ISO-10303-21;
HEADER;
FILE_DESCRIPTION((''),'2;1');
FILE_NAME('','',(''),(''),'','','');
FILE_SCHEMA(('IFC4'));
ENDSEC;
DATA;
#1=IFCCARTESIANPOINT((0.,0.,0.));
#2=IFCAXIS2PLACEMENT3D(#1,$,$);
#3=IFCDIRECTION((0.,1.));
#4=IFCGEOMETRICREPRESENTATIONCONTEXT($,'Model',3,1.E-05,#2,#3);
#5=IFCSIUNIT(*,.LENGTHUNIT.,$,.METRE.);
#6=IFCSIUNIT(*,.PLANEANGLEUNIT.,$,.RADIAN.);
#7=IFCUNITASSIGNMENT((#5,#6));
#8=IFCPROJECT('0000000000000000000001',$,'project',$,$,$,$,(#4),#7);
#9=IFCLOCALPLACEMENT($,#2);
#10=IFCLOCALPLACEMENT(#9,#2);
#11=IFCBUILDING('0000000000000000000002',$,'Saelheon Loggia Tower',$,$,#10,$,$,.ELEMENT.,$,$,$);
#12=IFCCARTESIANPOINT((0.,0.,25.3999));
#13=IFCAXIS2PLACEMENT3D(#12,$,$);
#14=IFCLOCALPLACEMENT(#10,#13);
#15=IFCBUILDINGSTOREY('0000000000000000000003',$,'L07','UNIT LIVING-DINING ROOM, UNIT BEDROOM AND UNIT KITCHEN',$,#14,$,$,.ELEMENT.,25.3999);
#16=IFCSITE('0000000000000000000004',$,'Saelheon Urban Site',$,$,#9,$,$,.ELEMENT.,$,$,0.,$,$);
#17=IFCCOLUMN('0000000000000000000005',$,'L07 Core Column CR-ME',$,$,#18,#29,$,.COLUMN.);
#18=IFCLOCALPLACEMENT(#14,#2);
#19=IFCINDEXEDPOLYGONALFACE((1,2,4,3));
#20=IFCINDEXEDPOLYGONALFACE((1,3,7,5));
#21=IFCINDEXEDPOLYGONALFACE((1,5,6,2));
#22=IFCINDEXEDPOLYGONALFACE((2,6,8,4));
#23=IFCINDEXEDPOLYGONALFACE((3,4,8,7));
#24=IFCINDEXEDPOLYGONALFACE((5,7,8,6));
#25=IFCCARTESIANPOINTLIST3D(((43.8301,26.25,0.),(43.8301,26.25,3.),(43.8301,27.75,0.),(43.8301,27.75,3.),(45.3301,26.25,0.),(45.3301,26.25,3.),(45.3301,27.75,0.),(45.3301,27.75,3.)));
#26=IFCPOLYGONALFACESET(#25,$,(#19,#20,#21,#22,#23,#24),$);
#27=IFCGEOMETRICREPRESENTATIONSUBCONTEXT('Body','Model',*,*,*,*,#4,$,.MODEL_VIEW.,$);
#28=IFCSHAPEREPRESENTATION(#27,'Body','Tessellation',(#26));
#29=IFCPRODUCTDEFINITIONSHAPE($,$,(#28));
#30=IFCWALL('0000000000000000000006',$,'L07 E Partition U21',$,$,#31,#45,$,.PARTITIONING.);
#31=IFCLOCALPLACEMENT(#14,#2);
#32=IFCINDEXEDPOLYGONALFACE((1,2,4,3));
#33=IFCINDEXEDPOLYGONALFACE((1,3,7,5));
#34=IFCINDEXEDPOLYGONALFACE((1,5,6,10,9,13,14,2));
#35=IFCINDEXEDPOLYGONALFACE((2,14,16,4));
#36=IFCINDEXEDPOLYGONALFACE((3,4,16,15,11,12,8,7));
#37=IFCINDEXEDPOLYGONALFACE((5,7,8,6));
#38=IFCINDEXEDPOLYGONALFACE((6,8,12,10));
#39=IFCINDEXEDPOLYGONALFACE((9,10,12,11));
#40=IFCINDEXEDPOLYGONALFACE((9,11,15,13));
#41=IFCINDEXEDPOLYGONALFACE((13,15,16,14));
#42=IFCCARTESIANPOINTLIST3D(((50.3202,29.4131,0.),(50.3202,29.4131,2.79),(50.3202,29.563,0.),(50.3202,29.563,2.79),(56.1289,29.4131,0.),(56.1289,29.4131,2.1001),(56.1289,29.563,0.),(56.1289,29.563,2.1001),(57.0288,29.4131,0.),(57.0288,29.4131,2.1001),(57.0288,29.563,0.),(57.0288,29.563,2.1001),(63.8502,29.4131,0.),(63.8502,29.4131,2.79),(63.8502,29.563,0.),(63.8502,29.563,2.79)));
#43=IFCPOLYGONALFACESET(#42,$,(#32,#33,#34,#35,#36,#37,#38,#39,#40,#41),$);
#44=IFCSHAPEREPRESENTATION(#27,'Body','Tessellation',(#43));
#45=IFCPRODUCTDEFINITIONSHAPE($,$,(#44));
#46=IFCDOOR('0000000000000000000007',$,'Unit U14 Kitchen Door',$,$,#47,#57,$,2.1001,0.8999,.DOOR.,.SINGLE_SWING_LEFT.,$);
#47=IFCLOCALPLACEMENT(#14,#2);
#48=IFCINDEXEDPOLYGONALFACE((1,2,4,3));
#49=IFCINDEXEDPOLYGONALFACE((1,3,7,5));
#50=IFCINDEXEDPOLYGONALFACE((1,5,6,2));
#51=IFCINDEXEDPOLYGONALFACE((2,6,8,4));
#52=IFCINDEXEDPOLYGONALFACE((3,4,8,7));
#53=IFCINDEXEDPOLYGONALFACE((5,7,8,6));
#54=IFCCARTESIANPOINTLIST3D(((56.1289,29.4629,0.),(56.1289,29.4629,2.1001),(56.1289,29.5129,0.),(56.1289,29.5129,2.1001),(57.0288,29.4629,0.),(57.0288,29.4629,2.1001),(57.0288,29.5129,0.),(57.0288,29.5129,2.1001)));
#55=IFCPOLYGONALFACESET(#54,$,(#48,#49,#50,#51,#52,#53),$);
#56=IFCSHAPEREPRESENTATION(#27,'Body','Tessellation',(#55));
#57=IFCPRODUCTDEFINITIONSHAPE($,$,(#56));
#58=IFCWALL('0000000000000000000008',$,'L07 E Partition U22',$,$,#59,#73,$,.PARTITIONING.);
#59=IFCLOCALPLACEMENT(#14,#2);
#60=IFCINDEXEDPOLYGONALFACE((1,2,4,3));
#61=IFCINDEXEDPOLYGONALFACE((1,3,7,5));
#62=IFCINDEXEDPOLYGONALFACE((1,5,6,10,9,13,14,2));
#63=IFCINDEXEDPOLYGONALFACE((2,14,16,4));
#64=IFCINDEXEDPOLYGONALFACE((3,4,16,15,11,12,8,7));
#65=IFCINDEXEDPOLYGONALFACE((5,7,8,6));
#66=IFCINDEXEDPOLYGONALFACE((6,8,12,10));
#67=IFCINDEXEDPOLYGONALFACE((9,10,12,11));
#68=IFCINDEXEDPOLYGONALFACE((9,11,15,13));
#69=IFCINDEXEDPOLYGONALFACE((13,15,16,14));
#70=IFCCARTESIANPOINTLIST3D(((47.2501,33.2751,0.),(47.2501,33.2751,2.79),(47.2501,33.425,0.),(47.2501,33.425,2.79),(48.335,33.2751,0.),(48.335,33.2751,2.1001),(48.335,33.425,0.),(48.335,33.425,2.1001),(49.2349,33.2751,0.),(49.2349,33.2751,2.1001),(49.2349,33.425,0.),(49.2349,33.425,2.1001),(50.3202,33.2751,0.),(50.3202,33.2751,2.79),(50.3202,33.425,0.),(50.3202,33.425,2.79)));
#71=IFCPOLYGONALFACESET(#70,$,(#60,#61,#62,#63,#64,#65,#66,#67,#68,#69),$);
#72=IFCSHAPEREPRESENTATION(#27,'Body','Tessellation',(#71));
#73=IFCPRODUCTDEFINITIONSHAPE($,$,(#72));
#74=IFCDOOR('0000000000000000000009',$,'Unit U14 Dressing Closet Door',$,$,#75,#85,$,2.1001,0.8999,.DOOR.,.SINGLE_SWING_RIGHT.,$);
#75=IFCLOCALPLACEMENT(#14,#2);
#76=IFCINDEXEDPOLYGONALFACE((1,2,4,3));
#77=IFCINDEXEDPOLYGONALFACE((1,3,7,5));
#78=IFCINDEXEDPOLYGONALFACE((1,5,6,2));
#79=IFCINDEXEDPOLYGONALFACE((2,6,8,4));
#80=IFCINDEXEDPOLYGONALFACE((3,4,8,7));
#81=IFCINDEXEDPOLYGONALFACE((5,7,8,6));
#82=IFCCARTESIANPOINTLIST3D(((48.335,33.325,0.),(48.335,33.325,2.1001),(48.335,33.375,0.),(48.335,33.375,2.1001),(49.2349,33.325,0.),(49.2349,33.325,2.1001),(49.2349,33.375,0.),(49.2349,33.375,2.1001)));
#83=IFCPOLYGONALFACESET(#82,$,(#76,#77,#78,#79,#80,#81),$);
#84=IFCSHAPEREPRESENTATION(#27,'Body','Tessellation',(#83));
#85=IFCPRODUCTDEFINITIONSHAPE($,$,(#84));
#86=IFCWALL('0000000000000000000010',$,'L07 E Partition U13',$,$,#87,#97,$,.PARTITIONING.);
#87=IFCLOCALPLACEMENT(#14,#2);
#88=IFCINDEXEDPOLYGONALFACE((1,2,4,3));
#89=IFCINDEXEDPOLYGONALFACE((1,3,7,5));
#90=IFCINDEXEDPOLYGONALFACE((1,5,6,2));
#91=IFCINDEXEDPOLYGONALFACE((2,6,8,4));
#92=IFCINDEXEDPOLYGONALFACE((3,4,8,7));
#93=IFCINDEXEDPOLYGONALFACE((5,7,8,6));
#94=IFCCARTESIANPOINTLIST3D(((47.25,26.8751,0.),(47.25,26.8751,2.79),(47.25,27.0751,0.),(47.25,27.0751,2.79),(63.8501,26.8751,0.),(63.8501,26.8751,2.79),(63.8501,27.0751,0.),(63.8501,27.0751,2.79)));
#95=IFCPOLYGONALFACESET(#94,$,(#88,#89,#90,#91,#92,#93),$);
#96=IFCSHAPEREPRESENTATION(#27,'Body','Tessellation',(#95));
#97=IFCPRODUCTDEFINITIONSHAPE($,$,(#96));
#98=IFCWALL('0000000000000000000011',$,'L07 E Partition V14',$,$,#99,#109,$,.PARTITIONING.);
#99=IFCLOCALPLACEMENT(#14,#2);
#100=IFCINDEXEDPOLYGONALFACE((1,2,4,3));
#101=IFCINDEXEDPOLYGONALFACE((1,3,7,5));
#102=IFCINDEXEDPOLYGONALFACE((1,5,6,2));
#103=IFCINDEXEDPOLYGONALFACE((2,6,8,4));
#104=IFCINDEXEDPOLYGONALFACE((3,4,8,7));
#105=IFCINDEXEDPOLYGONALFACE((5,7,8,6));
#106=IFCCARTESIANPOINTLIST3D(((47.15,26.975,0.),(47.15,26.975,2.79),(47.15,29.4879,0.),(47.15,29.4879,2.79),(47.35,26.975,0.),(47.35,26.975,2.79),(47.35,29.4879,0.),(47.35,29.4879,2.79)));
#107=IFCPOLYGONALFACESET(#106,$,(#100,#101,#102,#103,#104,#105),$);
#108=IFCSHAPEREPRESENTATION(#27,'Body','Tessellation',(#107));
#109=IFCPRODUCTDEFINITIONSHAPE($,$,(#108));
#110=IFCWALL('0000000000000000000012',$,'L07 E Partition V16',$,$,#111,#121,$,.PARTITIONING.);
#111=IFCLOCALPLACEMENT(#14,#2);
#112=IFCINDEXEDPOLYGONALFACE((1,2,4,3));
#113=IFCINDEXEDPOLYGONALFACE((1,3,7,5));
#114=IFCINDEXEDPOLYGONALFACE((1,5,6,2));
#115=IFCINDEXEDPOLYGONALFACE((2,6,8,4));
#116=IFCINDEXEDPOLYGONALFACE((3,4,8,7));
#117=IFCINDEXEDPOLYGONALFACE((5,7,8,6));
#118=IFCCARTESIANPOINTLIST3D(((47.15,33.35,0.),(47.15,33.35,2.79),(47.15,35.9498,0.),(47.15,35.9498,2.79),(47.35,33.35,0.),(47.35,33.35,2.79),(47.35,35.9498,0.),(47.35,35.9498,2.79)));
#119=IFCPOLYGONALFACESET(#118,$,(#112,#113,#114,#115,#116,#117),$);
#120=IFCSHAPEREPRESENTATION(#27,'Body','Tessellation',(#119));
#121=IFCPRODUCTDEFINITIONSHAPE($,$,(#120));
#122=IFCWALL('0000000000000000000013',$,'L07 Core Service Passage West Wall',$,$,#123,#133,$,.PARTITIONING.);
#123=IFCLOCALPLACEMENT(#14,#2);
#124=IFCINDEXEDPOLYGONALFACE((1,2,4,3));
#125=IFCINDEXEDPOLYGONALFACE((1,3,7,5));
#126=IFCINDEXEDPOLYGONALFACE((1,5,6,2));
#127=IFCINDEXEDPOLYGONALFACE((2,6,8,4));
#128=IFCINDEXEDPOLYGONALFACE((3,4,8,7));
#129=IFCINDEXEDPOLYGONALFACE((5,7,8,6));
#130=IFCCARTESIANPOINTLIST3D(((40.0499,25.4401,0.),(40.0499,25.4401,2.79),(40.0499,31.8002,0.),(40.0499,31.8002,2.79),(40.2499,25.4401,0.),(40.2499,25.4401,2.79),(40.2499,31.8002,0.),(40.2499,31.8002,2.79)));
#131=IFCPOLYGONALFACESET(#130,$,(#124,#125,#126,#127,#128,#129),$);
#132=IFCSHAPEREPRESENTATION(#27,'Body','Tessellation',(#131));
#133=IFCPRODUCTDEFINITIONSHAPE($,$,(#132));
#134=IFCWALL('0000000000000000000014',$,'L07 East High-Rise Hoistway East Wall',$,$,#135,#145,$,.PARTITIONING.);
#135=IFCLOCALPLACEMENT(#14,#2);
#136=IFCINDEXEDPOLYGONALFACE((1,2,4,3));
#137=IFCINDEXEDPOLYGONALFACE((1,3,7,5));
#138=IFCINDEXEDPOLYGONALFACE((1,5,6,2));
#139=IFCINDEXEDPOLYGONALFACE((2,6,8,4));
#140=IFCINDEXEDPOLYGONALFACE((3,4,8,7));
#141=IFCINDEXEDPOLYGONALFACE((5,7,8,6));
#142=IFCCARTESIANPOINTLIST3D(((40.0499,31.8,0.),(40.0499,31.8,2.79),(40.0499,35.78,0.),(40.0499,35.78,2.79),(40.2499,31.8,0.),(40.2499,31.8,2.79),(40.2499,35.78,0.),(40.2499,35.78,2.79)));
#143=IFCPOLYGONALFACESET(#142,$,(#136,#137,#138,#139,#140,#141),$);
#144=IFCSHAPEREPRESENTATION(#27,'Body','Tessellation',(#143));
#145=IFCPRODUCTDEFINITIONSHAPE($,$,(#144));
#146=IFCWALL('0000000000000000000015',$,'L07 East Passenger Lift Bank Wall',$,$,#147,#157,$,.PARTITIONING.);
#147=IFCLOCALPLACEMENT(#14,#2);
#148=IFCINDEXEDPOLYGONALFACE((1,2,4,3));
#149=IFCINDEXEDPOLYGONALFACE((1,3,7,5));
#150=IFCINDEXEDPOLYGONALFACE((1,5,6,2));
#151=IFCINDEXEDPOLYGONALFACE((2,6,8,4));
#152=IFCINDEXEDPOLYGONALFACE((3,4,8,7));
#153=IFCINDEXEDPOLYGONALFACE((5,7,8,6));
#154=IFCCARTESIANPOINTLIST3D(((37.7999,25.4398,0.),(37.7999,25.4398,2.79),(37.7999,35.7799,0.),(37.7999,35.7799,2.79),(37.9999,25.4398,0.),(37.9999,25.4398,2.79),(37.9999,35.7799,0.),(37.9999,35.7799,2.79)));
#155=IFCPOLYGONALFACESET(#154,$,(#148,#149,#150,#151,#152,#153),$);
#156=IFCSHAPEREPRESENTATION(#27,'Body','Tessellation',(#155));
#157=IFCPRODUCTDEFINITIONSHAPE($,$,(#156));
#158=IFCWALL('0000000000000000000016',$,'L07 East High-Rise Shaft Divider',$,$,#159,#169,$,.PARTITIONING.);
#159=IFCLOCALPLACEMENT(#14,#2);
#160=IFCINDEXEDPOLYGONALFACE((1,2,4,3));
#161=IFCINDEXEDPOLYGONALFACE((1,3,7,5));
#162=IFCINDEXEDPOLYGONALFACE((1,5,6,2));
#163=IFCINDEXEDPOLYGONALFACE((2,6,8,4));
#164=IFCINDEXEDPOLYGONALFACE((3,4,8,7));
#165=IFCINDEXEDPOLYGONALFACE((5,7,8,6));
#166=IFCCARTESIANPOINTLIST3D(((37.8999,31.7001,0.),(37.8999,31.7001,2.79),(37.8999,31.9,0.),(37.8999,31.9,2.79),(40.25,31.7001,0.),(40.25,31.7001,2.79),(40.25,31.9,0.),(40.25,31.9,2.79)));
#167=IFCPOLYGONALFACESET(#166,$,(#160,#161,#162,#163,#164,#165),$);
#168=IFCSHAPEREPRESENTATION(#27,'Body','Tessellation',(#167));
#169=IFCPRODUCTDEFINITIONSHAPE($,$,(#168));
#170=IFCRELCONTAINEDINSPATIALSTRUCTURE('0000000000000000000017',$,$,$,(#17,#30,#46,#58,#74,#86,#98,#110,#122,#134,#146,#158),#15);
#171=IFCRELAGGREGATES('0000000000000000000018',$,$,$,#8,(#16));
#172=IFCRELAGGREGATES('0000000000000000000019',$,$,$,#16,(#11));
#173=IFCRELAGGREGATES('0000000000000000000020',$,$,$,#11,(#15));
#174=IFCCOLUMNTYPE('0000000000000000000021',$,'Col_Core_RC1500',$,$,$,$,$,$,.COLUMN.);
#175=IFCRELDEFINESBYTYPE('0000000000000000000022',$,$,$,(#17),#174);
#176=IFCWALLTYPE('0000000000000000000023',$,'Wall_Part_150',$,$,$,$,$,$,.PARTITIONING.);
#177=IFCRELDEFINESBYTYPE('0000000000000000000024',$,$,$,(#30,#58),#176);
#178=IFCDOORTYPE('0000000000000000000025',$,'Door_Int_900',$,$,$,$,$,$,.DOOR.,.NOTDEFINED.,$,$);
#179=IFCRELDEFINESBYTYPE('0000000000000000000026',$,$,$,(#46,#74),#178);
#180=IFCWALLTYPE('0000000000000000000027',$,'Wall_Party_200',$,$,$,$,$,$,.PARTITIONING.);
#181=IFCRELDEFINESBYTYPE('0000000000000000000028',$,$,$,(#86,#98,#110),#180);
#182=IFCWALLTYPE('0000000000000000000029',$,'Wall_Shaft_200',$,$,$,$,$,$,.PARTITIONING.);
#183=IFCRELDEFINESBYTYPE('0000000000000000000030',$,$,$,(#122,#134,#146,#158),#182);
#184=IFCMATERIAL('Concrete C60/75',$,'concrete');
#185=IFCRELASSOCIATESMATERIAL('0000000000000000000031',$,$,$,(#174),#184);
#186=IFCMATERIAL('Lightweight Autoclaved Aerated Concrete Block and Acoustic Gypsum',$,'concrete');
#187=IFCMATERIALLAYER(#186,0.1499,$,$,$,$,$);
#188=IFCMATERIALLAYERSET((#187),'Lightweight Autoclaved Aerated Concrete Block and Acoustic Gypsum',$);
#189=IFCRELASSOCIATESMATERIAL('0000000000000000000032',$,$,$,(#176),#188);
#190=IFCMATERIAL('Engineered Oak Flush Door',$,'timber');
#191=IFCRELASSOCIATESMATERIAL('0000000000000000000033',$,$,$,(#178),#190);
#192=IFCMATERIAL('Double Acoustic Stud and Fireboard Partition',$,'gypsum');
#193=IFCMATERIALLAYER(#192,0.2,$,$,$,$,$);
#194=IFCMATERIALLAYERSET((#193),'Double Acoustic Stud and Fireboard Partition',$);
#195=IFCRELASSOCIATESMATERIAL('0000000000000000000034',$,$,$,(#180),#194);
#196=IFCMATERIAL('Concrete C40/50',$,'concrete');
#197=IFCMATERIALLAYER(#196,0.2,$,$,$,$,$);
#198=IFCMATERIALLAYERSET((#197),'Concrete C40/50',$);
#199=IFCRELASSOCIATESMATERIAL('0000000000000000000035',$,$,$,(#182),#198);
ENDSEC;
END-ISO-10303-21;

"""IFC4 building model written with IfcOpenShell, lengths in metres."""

from ifc_helpers import new_model, si_unit, direction, frame, frame_2d, origin, origin_2d, place, context, subcontext, project, spatial, rectangle, extrude, source, transform, mapped, material, layer, layer_set, material_profile, profile_set, type_object, element, fill, save


model = new_model("IFC4")

# Units and contexts
model_context = context("Model", 3, precision=1e-05, world=origin(), true_north=direction((0.0, 1.0)))
body_context = subcontext(model_context, "Body", "Model", "MODEL_VIEW")
ifc_project = project(units=[si_unit("LENGTHUNIT", "METRE"), si_unit("PLANEANGLEUNIT", "RADIAN")], contexts=[model_context])

# Site, building, storey
site_placement = place(None, origin())
site = spatial("IfcSite", under=ifc_project, at=site_placement, Name="Saelheon Urban Site", CompositionType="ELEMENT", RefElevation=0.0)
building_placement = place(site_placement, origin())
building = spatial("IfcBuilding", under=site, at=building_placement, Name="Saelheon Loggia Tower", CompositionType="ELEMENT")
storey_placement = place(building_placement, frame((0.0, 0.0, 25.3999)))
storey = spatial("IfcBuildingStorey", under=building, at=storey_placement, Name="L07", Description="UNIT LIVING-DINING ROOM, UNIT BEDROOM AND UNIT KITCHEN", CompositionType="ELEMENT", Elevation=25.3999)

# Column
ifc_material_1 = material(Name="Concrete C60/75", Category="concrete")
ifc_material_profile = material_profile(ifc_material_1, rectangle(XDim=1.5, YDim=1.5, at=origin_2d()), Name="RC-1500x1500")
ifc_profile_set = profile_set([ifc_material_profile], Name="Concrete C60/75")
column_type = type_object("IfcColumnType", Name="Col_Core_RC1500", PredefinedType="COLUMN", material=ifc_profile_set)
shared_shape_1 = source(origin(), body_context, "Body", "SweptSolid", [
    extrude(rectangle(XDim=1.5, YDim=1.5, at=origin_2d()), origin(), (0.0, 0.0, 1.0), 3.0),
])
column_placement = place(storey_placement, frame((44.5801, 27.0, 0.0), z_axis=(0.0, 0.0, 1.0), x_axis=(1.0, 0.0, 0.0)))
element("IfcColumn", 1, at=column_placement, inside=storey, type_object=column_type, Name="L07 Core Column CR-ME", PredefinedType="COLUMN", context=body_context, shape_type="MappedRepresentation", body=[
    mapped(shared_shape_1, transform((0.0, 0.0, 0.0), scale=1.0)),
])

# Walls, openings, doors
ifc_material_2 = material(Name="Lightweight Autoclaved Aerated Concrete Block and Acoustic Gypsum", Category="concrete")
ifc_layer_1 = layer(ifc_material_2, 0.1499)
ifc_layer_set_1 = layer_set([ifc_layer_1], Name="Lightweight Autoclaved Aerated Concrete Block and Acoustic Gypsum")
wall_type_1 = type_object("IfcWallType", Name="Wall_Part_150", PredefinedType="PARTITIONING", material=ifc_layer_set_1)
wall_1_placement = place(storey_placement, frame((50.3201, 29.488, 0.0), z_axis=(0.0, 0.0, 1.0), x_axis=(1.0, 0.0, 0.0)))
wall_1 = element("IfcWall", 2, at=wall_1_placement, inside=storey, type_object=wall_type_1, Name="L07 E Partition U21", PredefinedType="PARTITIONING", context=body_context, shape_type="SweptSolid", body=[
    extrude(rectangle(XDim=13.53, YDim=0.1499, at=frame_2d((6.7651, 0.0))), origin(), (0.0, 0.0, 1.0), 2.79),
])
opening_1_placement = place(wall_1_placement, frame((5.8088, 0.0, 0.0)))
opening_1 = element("IfcOpeningElement", 3, at=opening_1_placement, cuts=wall_1, PredefinedType="OPENING", context=body_context, shape_type="SweptSolid", body=[
    extrude(rectangle(XDim=0.8999, YDim=2.1001, at=frame_2d((0.45, 1.05))), frame((0.0, 0.0869, 0.0), z_axis=(0.0, -1.0, 0.0), x_axis=(1.0, 0.0, 0.0)), (0.0, 0.0, 1.0), 0.1738),
])
ifc_material_3 = material(Name="Engineered Oak Flush Door", Category="timber")
door_type_1 = type_object("IfcDoorType", Name="Door_Int_900", OperationType="NOTDEFINED", PredefinedType="DOOR", material=ifc_material_3)
shared_shape_2 = source(origin(), body_context, "Body", "SweptSolid", [
    extrude(rectangle(XDim=0.8999, YDim=2.1001, at=frame_2d((0.45, 1.05))), frame((0.0, 0.0249, 0.0), z_axis=(0.0, -1.0, 0.0), x_axis=(1.0, 0.0, 0.0)), (0.0, 0.0, 1.0), 0.05),
])
door_1_placement = place(opening_1_placement, origin())
door_1 = element("IfcDoor", 4, at=door_1_placement, inside=storey, type_object=door_type_1, Name="Unit U14 Kitchen Door", OperationType="SINGLE_SWING_LEFT", OverallHeight=2.1001, OverallWidth=0.8999, PredefinedType="DOOR", context=body_context, shape_type="MappedRepresentation", body=[
    mapped(shared_shape_2, transform((0.0, 0.0, 0.0), scale=1.0)),
])
fill(opening_1, door_1)
wall_2_placement = place(storey_placement, frame((47.25, 33.3501, 0.0), z_axis=(0.0, 0.0, 1.0), x_axis=(1.0, 0.0, 0.0)))
wall_2 = element("IfcWall", 5, at=wall_2_placement, inside=storey, type_object=wall_type_1, Name="L07 E Partition U22", PredefinedType="PARTITIONING", context=body_context, shape_type="SweptSolid", body=[
    extrude(rectangle(XDim=3.0701, YDim=0.1499, at=frame_2d((1.5352, 0.0))), origin(), (0.0, 0.0, 1.0), 2.79),
])
opening_2_placement = place(wall_2_placement, frame((1.085, 0.0, 0.0)))
opening_2 = element("IfcOpeningElement", 6, at=opening_2_placement, cuts=wall_2, PredefinedType="OPENING", context=body_context, shape_type="SweptSolid", body=[
    extrude(rectangle(XDim=0.8999, YDim=2.1001, at=frame_2d((0.45, 1.05))), frame((0.0, 0.0869, 0.0), z_axis=(0.0, -1.0, 0.0), x_axis=(1.0, 0.0, 0.0)), (0.0, 0.0, 1.0), 0.1738),
])
door_2_placement = place(opening_2_placement, origin())
door_2 = element("IfcDoor", 7, at=door_2_placement, inside=storey, type_object=door_type_1, Name="Unit U14 Dressing Closet Door", OperationType="SINGLE_SWING_RIGHT", OverallHeight=2.1001, OverallWidth=0.8999, PredefinedType="DOOR", context=body_context, shape_type="MappedRepresentation", body=[
    mapped(shared_shape_2, transform((0.0, 0.0, 0.0), scale=1.0)),
])
fill(opening_2, door_2)

# Walls
ifc_material_4 = material(Name="Double Acoustic Stud and Fireboard Partition", Category="gypsum")
ifc_layer_2 = layer(ifc_material_4, 0.2)
ifc_layer_set_2 = layer_set([ifc_layer_2], Name="Double Acoustic Stud and Fireboard Partition")
wall_type_2 = type_object("IfcWallType", Name="Wall_Party_200", PredefinedType="PARTITIONING", material=ifc_layer_set_2)
wall_3_placement = place(storey_placement, frame((47.25, 26.9751, 0.0), z_axis=(0.0, 0.0, 1.0), x_axis=(1.0, 0.0, 0.0)))
element("IfcWall", 8, at=wall_3_placement, inside=storey, type_object=wall_type_2, Name="L07 E Partition U13", PredefinedType="PARTITIONING", context=body_context, shape_type="SweptSolid", body=[
    extrude(rectangle(XDim=16.6001, YDim=0.2, at=frame_2d((8.3, 0.0))), origin(), (0.0, 0.0, 1.0), 2.79),
])
wall_4_placement = place(storey_placement, frame((47.25, 26.9751, 0.0), z_axis=(0.0, 0.0, 1.0), x_axis=(0.0, 1.0, 0.0)))
element("IfcWall", 9, at=wall_4_placement, inside=storey, type_object=wall_type_2, Name="L07 E Partition V14", PredefinedType="PARTITIONING", context=body_context, shape_type="SweptSolid", body=[
    extrude(rectangle(XDim=2.5129, YDim=0.2, at=frame_2d((1.2563, 0.0))), origin(), (0.0, 0.0, 1.0), 2.79),
])

# Walls
wall_5_placement = place(storey_placement, frame((47.25, 33.3501, 0.0), z_axis=(0.0, 0.0, 1.0), x_axis=(0.0, 1.0, 0.0)))
element("IfcWall", 10, at=wall_5_placement, inside=storey, type_object=wall_type_2, Name="L07 E Partition V16", PredefinedType="PARTITIONING", context=body_context, shape_type="SweptSolid", body=[
    extrude(rectangle(XDim=2.5999, YDim=0.2, at=frame_2d((1.2998, 0.0))), origin(), (0.0, 0.0, 1.0), 2.79),
])
ifc_material_5 = material(Name="Concrete C40/50", Category="concrete")
ifc_layer_3 = layer(ifc_material_5, 0.2)
ifc_layer_set_3 = layer_set([ifc_layer_3], Name="Concrete C40/50")
wall_type_3 = type_object("IfcWallType", Name="Wall_Shaft_200", PredefinedType="PARTITIONING", material=ifc_layer_set_3)
wall_6_placement = place(storey_placement, frame((40.1499, 25.4399, 0.0), z_axis=(0.0, 0.0, 1.0), x_axis=(0.0, 1.0, 0.0)))
element("IfcWall", 11, at=wall_6_placement, inside=storey, type_object=wall_type_3, Name="L07 Core Service Passage West Wall", PredefinedType="PARTITIONING", context=body_context, shape_type="SweptSolid", body=[
    extrude(rectangle(XDim=6.3601, YDim=0.2, at=frame_2d((3.1802, 0.0))), origin(), (0.0, 0.0, 1.0), 2.79),
])
wall_7_placement = place(storey_placement, frame((40.1499, 31.8, 0.0), z_axis=(0.0, 0.0, 1.0), x_axis=(0.0, 1.0, 0.0)))
element("IfcWall", 12, at=wall_7_placement, inside=storey, type_object=wall_type_3, Name="L07 East High-Rise Hoistway East Wall", PredefinedType="PARTITIONING", context=body_context, shape_type="SweptSolid", body=[
    extrude(rectangle(XDim=3.98, YDim=0.2, at=frame_2d((1.99, 0.0))), origin(), (0.0, 0.0, 1.0), 2.79),
])

# Walls
wall_8_placement = place(storey_placement, frame((37.8999, 25.4399, 0.0), z_axis=(0.0, 0.0, 1.0), x_axis=(0.0, 1.0, 0.0)))
element("IfcWall", 13, at=wall_8_placement, inside=storey, type_object=wall_type_3, Name="L07 East Passenger Lift Bank Wall", PredefinedType="PARTITIONING", context=body_context, shape_type="SweptSolid", body=[
    extrude(rectangle(XDim=10.3401, YDim=0.2, at=frame_2d((5.1699, 0.0))), origin(), (0.0, 0.0, 1.0), 2.79),
])
wall_9_placement = place(storey_placement, frame((37.8999, 31.8, 0.0), z_axis=(0.0, 0.0, 1.0), x_axis=(1.0, 0.0, 0.0)))
element("IfcWall", 14, at=wall_9_placement, inside=storey, type_object=wall_type_3, Name="L07 East High-Rise Shaft Divider", PredefinedType="PARTITIONING", context=body_context, shape_type="SweptSolid", body=[
    extrude(rectangle(XDim=2.3501, YDim=0.2, at=frame_2d((1.175, 0.0))), origin(), (0.0, 0.0, 1.0), 2.79),
])

save(model, "model.ifc")
